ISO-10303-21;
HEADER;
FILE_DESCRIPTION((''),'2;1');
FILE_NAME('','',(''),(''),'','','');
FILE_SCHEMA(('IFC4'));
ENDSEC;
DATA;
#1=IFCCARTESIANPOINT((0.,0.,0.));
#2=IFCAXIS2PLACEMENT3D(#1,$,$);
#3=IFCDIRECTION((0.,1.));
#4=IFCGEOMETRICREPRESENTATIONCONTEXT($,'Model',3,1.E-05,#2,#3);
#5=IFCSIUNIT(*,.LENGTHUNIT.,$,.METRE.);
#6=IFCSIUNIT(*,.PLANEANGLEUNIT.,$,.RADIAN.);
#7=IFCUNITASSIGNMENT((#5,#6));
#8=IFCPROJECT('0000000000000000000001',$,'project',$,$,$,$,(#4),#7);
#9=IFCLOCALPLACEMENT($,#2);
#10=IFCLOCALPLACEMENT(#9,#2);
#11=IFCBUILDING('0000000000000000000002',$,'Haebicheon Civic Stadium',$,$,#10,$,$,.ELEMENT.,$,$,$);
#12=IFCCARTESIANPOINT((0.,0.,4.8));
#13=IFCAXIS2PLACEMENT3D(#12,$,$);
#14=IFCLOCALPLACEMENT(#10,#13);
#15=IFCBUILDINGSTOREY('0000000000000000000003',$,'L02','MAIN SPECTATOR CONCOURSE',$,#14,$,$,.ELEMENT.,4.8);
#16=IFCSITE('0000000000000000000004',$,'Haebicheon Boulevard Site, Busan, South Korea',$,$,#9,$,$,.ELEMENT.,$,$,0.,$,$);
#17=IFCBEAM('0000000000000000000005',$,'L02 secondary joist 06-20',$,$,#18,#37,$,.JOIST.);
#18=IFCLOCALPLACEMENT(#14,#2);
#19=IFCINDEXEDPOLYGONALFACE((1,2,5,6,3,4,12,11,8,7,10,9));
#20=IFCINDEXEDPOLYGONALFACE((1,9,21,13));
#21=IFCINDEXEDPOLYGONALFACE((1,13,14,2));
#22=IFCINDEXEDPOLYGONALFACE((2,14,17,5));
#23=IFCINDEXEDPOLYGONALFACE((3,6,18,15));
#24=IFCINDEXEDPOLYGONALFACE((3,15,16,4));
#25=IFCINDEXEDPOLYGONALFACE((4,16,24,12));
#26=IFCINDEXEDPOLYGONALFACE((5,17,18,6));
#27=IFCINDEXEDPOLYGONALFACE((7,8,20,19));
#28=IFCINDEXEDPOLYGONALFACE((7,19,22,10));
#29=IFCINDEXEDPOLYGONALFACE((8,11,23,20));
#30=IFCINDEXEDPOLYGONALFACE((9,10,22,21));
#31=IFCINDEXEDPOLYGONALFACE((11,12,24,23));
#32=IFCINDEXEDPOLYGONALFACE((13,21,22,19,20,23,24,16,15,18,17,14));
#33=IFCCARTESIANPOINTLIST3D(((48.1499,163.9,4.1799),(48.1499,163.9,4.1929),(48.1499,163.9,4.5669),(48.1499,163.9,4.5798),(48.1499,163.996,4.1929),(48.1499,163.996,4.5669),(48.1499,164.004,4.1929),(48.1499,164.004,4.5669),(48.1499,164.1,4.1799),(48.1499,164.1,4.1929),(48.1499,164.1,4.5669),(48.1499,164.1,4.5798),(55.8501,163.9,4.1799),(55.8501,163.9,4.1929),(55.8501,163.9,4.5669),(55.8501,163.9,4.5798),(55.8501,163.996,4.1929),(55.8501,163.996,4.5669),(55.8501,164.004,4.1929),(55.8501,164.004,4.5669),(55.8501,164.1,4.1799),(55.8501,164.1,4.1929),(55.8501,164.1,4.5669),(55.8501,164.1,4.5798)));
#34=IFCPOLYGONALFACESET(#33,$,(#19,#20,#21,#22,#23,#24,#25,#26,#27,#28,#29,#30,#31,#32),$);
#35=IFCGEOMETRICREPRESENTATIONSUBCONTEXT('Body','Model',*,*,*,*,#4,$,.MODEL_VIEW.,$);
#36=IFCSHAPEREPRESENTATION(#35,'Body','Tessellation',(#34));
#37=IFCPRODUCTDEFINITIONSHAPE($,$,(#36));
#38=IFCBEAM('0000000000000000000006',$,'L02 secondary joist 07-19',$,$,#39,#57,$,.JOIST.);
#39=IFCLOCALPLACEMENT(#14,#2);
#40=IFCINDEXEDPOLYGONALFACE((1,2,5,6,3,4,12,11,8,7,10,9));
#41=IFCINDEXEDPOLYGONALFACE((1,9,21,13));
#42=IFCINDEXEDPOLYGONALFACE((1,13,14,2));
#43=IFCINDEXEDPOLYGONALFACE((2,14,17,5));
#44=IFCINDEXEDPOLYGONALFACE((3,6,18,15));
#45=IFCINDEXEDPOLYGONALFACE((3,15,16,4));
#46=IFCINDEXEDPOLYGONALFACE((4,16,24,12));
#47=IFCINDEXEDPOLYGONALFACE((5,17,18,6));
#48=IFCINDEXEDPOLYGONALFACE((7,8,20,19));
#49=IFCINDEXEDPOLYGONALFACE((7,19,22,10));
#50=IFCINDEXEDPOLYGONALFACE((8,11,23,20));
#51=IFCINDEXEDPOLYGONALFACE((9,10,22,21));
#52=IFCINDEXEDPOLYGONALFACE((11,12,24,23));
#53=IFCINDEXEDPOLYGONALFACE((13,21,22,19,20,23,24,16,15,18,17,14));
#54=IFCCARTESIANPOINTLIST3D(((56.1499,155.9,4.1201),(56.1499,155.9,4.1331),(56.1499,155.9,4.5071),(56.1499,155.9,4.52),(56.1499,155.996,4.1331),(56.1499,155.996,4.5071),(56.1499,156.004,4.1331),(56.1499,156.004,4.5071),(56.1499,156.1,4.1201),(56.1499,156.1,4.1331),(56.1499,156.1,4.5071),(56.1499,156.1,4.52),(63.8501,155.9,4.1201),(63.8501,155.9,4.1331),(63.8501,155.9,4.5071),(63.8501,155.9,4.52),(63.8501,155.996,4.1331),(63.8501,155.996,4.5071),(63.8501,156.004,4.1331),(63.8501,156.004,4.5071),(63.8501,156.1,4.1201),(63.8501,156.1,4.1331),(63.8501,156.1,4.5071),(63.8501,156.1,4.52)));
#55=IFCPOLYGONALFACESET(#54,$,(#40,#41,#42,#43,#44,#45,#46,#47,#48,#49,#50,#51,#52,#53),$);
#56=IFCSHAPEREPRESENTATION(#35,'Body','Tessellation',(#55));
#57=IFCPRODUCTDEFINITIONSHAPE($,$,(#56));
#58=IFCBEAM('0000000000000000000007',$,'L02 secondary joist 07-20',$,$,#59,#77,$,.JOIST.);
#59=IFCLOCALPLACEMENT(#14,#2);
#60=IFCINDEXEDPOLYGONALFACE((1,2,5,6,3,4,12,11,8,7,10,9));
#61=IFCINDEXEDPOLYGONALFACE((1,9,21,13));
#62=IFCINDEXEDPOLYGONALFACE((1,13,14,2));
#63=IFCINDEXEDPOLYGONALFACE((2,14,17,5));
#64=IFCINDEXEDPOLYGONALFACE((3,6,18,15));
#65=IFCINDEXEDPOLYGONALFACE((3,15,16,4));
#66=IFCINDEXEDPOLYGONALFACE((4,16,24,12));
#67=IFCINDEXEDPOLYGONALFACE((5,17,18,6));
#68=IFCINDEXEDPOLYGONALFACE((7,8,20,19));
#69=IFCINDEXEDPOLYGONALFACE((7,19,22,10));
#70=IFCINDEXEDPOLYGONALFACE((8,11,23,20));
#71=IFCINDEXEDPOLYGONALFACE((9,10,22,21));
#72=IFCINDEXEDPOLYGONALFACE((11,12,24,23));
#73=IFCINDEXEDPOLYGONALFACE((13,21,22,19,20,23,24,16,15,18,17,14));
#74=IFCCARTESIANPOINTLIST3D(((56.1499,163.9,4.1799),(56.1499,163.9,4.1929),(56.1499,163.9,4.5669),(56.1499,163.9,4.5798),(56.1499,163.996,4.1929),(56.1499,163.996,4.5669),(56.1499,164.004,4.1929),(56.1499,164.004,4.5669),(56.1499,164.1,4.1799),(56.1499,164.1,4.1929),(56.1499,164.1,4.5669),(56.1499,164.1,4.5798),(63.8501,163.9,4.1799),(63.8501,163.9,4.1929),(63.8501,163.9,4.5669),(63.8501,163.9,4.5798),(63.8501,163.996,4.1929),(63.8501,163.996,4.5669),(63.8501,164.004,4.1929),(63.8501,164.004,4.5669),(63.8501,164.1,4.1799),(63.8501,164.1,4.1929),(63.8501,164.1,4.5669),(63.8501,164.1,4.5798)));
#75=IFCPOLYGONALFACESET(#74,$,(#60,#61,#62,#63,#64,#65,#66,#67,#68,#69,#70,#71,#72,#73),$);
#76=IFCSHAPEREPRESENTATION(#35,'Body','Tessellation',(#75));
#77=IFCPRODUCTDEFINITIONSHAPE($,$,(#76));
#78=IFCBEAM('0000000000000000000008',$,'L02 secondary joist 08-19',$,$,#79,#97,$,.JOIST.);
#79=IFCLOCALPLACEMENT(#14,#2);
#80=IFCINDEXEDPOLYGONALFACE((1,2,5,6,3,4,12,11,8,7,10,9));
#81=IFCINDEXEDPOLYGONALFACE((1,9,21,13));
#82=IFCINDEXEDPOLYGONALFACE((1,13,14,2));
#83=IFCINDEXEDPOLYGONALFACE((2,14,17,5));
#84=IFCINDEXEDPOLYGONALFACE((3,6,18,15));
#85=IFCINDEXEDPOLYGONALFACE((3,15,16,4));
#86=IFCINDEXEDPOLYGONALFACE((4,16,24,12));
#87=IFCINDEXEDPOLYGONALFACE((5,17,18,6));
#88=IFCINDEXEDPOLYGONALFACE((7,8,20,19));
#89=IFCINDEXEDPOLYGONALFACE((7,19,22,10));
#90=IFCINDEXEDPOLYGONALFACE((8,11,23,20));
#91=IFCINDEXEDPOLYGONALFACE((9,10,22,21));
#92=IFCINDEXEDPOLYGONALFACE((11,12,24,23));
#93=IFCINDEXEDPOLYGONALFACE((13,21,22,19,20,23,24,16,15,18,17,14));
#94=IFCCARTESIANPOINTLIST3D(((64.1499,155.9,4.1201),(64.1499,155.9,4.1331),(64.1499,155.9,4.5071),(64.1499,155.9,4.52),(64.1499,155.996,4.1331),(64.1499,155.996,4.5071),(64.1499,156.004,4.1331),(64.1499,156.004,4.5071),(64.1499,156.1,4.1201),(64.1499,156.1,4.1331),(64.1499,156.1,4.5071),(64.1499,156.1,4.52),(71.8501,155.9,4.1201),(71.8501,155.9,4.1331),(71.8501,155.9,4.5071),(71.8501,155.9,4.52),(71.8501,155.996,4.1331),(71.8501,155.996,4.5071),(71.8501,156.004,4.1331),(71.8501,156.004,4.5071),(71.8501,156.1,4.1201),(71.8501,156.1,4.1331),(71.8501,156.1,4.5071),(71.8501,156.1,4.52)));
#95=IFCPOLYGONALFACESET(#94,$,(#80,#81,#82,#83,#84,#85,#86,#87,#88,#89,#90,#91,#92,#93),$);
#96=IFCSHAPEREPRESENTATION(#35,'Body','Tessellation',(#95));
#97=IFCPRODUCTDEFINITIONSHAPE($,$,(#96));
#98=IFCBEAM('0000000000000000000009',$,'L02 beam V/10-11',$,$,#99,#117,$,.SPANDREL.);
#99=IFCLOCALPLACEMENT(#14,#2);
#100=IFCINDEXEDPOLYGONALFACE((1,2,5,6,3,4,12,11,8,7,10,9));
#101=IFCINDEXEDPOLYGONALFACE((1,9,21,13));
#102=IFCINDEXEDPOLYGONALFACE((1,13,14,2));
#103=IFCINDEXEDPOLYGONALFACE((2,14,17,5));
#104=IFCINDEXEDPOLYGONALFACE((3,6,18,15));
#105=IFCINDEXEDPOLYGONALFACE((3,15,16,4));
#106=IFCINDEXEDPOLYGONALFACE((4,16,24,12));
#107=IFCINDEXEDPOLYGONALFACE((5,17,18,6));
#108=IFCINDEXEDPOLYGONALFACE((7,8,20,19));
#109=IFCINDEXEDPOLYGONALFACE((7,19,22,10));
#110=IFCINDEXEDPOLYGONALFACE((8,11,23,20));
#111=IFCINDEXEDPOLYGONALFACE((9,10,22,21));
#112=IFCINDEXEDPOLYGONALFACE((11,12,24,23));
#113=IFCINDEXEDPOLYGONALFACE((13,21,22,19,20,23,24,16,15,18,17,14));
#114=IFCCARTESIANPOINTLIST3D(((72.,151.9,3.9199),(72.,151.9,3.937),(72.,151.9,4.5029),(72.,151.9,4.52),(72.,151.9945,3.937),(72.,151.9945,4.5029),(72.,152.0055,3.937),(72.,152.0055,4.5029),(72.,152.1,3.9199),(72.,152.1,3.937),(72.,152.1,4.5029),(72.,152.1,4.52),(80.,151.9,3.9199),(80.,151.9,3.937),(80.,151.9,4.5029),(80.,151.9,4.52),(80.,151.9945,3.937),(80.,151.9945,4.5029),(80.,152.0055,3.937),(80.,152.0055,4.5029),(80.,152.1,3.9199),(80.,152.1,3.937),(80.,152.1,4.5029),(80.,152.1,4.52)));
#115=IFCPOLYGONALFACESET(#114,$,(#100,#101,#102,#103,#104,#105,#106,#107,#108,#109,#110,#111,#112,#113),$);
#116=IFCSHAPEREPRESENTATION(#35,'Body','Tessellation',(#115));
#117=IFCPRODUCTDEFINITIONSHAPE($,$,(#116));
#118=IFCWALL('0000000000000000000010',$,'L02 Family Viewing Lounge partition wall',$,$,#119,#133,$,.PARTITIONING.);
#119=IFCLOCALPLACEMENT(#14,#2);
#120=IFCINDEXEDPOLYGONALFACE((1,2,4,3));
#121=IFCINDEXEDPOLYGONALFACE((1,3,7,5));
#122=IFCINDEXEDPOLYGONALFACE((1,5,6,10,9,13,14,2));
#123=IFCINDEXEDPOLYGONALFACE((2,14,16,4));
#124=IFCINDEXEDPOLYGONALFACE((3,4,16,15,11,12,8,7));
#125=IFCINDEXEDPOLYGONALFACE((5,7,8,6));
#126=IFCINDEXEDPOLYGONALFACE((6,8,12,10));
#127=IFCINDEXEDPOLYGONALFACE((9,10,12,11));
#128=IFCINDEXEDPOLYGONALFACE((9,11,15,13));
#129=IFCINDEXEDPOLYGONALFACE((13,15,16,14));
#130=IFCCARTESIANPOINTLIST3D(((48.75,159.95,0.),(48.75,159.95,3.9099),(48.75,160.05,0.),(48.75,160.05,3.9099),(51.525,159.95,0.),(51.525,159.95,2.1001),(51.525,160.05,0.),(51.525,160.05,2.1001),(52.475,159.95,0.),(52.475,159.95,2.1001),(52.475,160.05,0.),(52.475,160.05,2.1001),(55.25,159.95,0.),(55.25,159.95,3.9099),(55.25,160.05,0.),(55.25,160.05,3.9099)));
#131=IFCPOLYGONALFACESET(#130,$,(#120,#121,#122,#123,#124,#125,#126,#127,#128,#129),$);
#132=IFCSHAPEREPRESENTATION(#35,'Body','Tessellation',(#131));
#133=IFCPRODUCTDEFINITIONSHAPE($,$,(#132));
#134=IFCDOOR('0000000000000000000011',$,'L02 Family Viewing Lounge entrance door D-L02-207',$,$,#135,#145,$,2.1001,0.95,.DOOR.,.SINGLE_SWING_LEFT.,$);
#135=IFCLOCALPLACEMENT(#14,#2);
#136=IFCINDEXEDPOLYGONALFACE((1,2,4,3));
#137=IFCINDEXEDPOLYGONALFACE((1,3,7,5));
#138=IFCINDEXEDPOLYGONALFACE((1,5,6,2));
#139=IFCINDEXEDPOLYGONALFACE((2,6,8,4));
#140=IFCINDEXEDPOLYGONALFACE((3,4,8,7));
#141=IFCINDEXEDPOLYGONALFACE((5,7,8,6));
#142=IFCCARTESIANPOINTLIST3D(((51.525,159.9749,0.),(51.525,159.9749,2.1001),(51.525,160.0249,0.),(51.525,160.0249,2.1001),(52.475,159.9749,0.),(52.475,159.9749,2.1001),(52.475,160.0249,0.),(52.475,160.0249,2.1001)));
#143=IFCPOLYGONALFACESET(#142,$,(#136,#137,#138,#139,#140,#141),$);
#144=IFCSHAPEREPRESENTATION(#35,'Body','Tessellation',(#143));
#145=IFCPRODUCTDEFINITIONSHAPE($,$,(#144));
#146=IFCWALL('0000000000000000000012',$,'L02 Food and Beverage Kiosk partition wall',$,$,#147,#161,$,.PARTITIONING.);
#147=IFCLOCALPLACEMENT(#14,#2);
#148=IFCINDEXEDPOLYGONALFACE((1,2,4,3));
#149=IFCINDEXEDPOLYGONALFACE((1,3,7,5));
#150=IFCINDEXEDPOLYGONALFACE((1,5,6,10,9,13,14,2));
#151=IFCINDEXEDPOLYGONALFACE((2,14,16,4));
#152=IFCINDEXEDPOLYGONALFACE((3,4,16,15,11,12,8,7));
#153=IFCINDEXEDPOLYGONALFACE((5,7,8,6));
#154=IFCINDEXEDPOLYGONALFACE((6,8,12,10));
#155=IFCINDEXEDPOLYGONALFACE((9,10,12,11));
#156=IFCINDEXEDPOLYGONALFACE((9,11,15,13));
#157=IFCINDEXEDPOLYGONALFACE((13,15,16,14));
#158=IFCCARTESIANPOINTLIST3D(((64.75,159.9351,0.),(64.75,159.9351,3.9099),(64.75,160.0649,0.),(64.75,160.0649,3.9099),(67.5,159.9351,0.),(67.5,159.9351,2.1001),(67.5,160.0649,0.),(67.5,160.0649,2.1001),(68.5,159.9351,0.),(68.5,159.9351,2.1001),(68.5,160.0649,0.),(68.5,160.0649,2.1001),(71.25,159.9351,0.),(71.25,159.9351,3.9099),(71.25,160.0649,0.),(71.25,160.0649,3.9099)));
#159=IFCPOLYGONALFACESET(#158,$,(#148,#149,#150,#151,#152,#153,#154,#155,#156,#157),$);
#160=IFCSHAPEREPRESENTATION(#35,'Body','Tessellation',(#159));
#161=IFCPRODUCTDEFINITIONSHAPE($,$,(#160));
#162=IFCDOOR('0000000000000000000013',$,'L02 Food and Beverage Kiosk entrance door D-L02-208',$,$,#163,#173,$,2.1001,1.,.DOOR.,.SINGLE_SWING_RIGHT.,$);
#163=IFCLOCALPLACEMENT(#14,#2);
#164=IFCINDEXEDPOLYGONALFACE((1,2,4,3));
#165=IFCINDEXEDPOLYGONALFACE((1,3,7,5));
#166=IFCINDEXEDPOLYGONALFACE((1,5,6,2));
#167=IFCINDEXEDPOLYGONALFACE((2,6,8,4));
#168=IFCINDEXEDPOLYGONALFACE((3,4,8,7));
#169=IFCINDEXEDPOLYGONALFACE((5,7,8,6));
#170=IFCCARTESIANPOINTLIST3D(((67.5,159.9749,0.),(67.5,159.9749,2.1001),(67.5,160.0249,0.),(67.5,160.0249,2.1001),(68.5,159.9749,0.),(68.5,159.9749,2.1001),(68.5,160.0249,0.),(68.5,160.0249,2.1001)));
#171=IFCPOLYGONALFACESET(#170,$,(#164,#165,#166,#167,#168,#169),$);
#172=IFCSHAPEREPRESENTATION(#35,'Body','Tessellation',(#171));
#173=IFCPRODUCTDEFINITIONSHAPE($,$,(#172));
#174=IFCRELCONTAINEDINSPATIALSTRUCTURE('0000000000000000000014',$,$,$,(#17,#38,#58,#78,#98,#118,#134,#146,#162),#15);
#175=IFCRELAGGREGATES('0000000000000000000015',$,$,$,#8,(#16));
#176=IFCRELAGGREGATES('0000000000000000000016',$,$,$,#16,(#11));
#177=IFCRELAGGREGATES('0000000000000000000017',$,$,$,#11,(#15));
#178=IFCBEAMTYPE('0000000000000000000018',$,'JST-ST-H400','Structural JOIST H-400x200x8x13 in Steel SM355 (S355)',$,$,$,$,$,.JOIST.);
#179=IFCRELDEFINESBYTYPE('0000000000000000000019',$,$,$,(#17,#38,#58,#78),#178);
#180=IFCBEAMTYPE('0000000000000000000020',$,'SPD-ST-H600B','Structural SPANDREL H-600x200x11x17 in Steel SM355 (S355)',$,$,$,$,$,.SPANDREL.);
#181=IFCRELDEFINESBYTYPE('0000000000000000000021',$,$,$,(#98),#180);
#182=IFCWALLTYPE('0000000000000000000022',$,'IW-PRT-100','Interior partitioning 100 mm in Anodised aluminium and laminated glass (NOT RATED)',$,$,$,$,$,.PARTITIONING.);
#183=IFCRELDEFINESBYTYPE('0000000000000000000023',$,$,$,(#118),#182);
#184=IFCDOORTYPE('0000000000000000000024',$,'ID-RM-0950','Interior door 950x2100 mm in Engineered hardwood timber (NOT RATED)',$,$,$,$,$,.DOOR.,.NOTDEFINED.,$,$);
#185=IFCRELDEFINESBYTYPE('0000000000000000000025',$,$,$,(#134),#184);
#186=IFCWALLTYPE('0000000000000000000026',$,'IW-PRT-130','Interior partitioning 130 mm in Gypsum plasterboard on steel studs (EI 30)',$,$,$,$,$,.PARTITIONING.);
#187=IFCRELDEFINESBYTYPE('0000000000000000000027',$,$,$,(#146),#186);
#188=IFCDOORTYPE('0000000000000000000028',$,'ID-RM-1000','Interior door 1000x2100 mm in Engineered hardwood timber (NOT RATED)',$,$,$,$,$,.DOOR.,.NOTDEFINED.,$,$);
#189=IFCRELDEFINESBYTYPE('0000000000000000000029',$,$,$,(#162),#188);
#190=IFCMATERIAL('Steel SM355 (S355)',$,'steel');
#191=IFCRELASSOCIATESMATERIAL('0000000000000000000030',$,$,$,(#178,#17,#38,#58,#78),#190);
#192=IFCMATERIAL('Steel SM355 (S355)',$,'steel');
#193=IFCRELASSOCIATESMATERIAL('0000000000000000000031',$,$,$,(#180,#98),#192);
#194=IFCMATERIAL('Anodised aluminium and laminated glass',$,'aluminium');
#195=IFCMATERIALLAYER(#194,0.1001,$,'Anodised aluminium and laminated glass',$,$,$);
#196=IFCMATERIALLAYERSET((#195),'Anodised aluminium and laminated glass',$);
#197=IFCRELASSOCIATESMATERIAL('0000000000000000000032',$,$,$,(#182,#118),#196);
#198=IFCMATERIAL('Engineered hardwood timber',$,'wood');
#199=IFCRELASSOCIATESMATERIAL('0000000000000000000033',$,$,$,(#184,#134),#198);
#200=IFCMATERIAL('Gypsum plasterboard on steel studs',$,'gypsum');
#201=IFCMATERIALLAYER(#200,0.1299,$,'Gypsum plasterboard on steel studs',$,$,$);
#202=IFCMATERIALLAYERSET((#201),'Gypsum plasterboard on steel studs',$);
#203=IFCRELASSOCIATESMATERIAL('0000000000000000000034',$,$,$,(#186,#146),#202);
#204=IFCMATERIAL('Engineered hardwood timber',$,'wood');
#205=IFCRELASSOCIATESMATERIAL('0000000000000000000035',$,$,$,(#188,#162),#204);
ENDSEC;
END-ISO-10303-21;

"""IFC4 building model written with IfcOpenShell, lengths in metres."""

from ifc_helpers import new_model, si_unit, direction, frame, frame_2d, origin, origin_2d, place, context, subcontext, project, spatial, rectangle, i_section, extrude, material, layer, layer_set, material_profile, profile_set, type_object, element, fill, save


model = new_model("IFC4")

# Units and contexts
model_context = context("Model", 3, precision=1e-05, world=origin(), true_north=direction((0.0, 1.0)))
body_context = subcontext(model_context, "Body", "Model", "MODEL_VIEW")
ifc_project = project(units=[si_unit("LENGTHUNIT", "METRE"), si_unit("PLANEANGLEUNIT", "RADIAN")], contexts=[model_context])

# Site, building, storey
site_placement = place(None, origin())
site = spatial("IfcSite", under=ifc_project, at=site_placement, Name="Haebicheon Boulevard Site, Busan, South Korea", CompositionType="ELEMENT", RefElevation=0.0)
building_placement = place(site_placement, origin())
building = spatial("IfcBuilding", under=site, at=building_placement, Name="Haebicheon Civic Stadium", CompositionType="ELEMENT")
storey_placement = place(building_placement, frame((0.0, 0.0, 4.8)))
storey = spatial("IfcBuildingStorey", under=building, at=storey_placement, Name="L02", Description="MAIN SPECTATOR CONCOURSE", CompositionType="ELEMENT", Elevation=4.8)

# Beams
ifc_material_1 = material(Name="Steel SM355 (S355)", Category="steel")
ifc_material_profile_1 = material_profile(ifc_material_1, i_section(OverallWidth=0.2, OverallDepth=0.3999, WebThickness=0.0081, FlangeThickness=0.0129, at=origin_2d()), Name="H-400x200x8x13")
ifc_profile_set_1 = profile_set([ifc_material_profile_1], Name="Steel SM355 (S355)")
beam_type_1 = type_object("IfcBeamType", Name="JST-ST-H400", Description="Structural JOIST H-400x200x8x13 in Steel SM355 (S355)", PredefinedType="JOIST", material=ifc_profile_set_1)
for number, where, z_axis, x_axis, name in (
    (1, (48.1499, 164.0, 4.3799), (1.0, 0.0, 0.0), (0.0, 1.0, 0.0), "L02 secondary joist 06-20"),
    (2, (56.1499, 156.0, 4.3201), (1.0, 0.0, 0.0), (0.0, 1.0, 0.0), "L02 secondary joist 07-19"),
    (3, (56.1499, 164.0, 4.3799), (1.0, 0.0, 0.0), (0.0, 1.0, 0.0), "L02 secondary joist 07-20"),
    (4, (64.1499, 156.0, 4.3201), (1.0, 0.0, 0.0), (0.0, 1.0, 0.0), "L02 secondary joist 08-19"),
):
    element("IfcBeam", number, at=place(storey_placement, frame(where, z_axis=z_axis, x_axis=x_axis)), inside=storey, type_object=beam_type_1, material=ifc_profile_set_1, Name=name, PredefinedType="JOIST", context=body_context, shape_type="SweptSolid", body=[
        extrude(i_section(OverallWidth=0.2, OverallDepth=0.3999, WebThickness=0.0081, FlangeThickness=0.0129, at=origin_2d()), origin(), (0.0, 0.0, 1.0), 7.7002),
    ])
ifc_material_2 = material(Name="Steel SM355 (S355)", Category="steel")
ifc_material_profile_2 = material_profile(ifc_material_2, i_section(OverallWidth=0.2, OverallDepth=0.6001, WebThickness=0.011, FlangeThickness=0.0171, at=origin_2d()), Name="H-600x200x11x17")
ifc_profile_set_2 = profile_set([ifc_material_profile_2], Name="Steel SM355 (S355)")
beam_type_2 = type_object("IfcBeamType", Name="SPD-ST-H600B", Description="Structural SPANDREL H-600x200x11x17 in Steel SM355 (S355)", PredefinedType="SPANDREL", material=ifc_profile_set_2)
beam_placement = place(storey_placement, frame((72.0, 152.0, 4.22), z_axis=(1.0, 0.0, 0.0), x_axis=(0.0, 1.0, 0.0)))
element("IfcBeam", 5, at=beam_placement, inside=storey, type_object=beam_type_2, material=ifc_profile_set_2, Name="L02 beam V/10-11", PredefinedType="SPANDREL", context=body_context, shape_type="SweptSolid", body=[
    extrude(i_section(OverallWidth=0.2, OverallDepth=0.6001, WebThickness=0.011, FlangeThickness=0.0171, at=origin_2d()), origin(), (0.0, 0.0, 1.0), 8.0),
])

# Walls, openings, doors
ifc_material_3 = material(Name="Anodised aluminium and laminated glass", Category="aluminium")
ifc_layer_1 = layer(ifc_material_3, 0.1001, Name="Anodised aluminium and laminated glass")
ifc_layer_set_1 = layer_set([ifc_layer_1], Name="Anodised aluminium and laminated glass")
wall_type_1 = type_object("IfcWallType", Name="IW-PRT-100", Description="Interior partitioning 100 mm in Anodised aluminium and laminated glass (NOT RATED)", PredefinedType="PARTITIONING", material=ifc_layer_set_1)
wall_1_placement = place(storey_placement, frame((48.75, 160.0, 0.0), z_axis=(0.0, 0.0, 1.0), x_axis=(1.0, 0.0, 0.0)))
wall_1 = element("IfcWall", 6, at=wall_1_placement, inside=storey, type_object=wall_type_1, material=ifc_layer_set_1, Name="L02 Family Viewing Lounge partition wall", PredefinedType="PARTITIONING", context=body_context, shape_type="SweptSolid", body=[
    extrude(rectangle(XDim=6.5, YDim=0.1001, at=frame_2d((3.25, 0.0))), origin(), (0.0, 0.0, 1.0), 3.9099),
])
opening_1_placement = place(wall_1_placement, frame((2.7749, 0.0, 0.0)))
opening_1 = element("IfcOpeningElement", 7, at=opening_1_placement, cuts=wall_1, PredefinedType="OPENING", context=body_context, shape_type="SweptSolid", body=[
    extrude(rectangle(XDim=0.95, YDim=2.1001, at=frame_2d((0.4751, 1.05))), frame((0.0, 0.0601, 0.0), z_axis=(0.0, -1.0, 0.0), x_axis=(1.0, 0.0, 0.0)), (0.0, 0.0, 1.0), 0.1201),
])
ifc_material_4 = material(Name="Engineered hardwood timber", Category="wood")
door_type_1 = type_object("IfcDoorType", Name="ID-RM-0950", Description="Interior door 950x2100 mm in Engineered hardwood timber (NOT RATED)", OperationType="NOTDEFINED", PredefinedType="DOOR", material=ifc_material_4)
door_1_placement = place(opening_1_placement, origin())
door_1 = element("IfcDoor", 8, at=door_1_placement, inside=storey, type_object=door_type_1, material=ifc_material_4, Name="L02 Family Viewing Lounge entrance door D-L02-207", OperationType="SINGLE_SWING_LEFT", OverallHeight=2.1001, OverallWidth=0.95, PredefinedType="DOOR", context=body_context, shape_type="SweptSolid", body=[
    extrude(rectangle(XDim=0.95, YDim=2.1001, at=frame_2d((0.4751, 1.05))), frame((0.0, 0.0249, 0.0), z_axis=(0.0, -1.0, 0.0), x_axis=(1.0, 0.0, 0.0)), (0.0, 0.0, 1.0), 0.05),
])
fill(opening_1, door_1)
ifc_material_5 = material(Name="Gypsum plasterboard on steel studs", Category="gypsum")
ifc_layer_2 = layer(ifc_material_5, 0.1299, Name="Gypsum plasterboard on steel studs")
ifc_layer_set_2 = layer_set([ifc_layer_2], Name="Gypsum plasterboard on steel studs")
wall_type_2 = type_object("IfcWallType", Name="IW-PRT-130", Description="Interior partitioning 130 mm in Gypsum plasterboard on steel studs (EI 30)", PredefinedType="PARTITIONING", material=ifc_layer_set_2)
wall_2_placement = place(storey_placement, frame((64.75, 160.0, 0.0), z_axis=(0.0, 0.0, 1.0), x_axis=(1.0, 0.0, 0.0)))
wall_2 = element("IfcWall", 9, at=wall_2_placement, inside=storey, type_object=wall_type_2, material=ifc_layer_set_2, Name="L02 Food and Beverage Kiosk partition wall", PredefinedType="PARTITIONING", context=body_context, shape_type="SweptSolid", body=[
    extrude(rectangle(XDim=6.5, YDim=0.1299, at=frame_2d((3.25, 0.0))), origin(), (0.0, 0.0, 1.0), 3.9099),
])
opening_2_placement = place(wall_2_placement, frame((2.75, 0.0, 0.0)))
opening_2 = element("IfcOpeningElement", 10, at=opening_2_placement, cuts=wall_2, PredefinedType="OPENING", context=body_context, shape_type="SweptSolid", body=[
    extrude(rectangle(XDim=1.0, YDim=2.1001, at=frame_2d((0.5, 1.05))), frame((0.0, 0.075, 0.0), z_axis=(0.0, -1.0, 0.0), x_axis=(1.0, 0.0, 0.0)), (0.0, 0.0, 1.0), 0.1499),
])
ifc_material_6 = material(Name="Engineered hardwood timber", Category="wood")
door_type_2 = type_object("IfcDoorType", Name="ID-RM-1000", Description="Interior door 1000x2100 mm in Engineered hardwood timber (NOT RATED)", OperationType="NOTDEFINED", PredefinedType="DOOR", material=ifc_material_6)
door_2_placement = place(opening_2_placement, origin())
door_2 = element("IfcDoor", 11, at=door_2_placement, inside=storey, type_object=door_type_2, material=ifc_material_6, Name="L02 Food and Beverage Kiosk entrance door D-L02-208", OperationType="SINGLE_SWING_RIGHT", OverallHeight=2.1001, OverallWidth=1.0, PredefinedType="DOOR", context=body_context, shape_type="SweptSolid", body=[
    extrude(rectangle(XDim=1.0, YDim=2.1001, at=frame_2d((0.5, 1.05))), frame((0.0, 0.0249, 0.0), z_axis=(0.0, -1.0, 0.0), x_axis=(1.0, 0.0, 0.0)), (0.0, 0.0, 1.0), 0.05),
])
fill(opening_2, door_2)

save(model, "model.ifc")
